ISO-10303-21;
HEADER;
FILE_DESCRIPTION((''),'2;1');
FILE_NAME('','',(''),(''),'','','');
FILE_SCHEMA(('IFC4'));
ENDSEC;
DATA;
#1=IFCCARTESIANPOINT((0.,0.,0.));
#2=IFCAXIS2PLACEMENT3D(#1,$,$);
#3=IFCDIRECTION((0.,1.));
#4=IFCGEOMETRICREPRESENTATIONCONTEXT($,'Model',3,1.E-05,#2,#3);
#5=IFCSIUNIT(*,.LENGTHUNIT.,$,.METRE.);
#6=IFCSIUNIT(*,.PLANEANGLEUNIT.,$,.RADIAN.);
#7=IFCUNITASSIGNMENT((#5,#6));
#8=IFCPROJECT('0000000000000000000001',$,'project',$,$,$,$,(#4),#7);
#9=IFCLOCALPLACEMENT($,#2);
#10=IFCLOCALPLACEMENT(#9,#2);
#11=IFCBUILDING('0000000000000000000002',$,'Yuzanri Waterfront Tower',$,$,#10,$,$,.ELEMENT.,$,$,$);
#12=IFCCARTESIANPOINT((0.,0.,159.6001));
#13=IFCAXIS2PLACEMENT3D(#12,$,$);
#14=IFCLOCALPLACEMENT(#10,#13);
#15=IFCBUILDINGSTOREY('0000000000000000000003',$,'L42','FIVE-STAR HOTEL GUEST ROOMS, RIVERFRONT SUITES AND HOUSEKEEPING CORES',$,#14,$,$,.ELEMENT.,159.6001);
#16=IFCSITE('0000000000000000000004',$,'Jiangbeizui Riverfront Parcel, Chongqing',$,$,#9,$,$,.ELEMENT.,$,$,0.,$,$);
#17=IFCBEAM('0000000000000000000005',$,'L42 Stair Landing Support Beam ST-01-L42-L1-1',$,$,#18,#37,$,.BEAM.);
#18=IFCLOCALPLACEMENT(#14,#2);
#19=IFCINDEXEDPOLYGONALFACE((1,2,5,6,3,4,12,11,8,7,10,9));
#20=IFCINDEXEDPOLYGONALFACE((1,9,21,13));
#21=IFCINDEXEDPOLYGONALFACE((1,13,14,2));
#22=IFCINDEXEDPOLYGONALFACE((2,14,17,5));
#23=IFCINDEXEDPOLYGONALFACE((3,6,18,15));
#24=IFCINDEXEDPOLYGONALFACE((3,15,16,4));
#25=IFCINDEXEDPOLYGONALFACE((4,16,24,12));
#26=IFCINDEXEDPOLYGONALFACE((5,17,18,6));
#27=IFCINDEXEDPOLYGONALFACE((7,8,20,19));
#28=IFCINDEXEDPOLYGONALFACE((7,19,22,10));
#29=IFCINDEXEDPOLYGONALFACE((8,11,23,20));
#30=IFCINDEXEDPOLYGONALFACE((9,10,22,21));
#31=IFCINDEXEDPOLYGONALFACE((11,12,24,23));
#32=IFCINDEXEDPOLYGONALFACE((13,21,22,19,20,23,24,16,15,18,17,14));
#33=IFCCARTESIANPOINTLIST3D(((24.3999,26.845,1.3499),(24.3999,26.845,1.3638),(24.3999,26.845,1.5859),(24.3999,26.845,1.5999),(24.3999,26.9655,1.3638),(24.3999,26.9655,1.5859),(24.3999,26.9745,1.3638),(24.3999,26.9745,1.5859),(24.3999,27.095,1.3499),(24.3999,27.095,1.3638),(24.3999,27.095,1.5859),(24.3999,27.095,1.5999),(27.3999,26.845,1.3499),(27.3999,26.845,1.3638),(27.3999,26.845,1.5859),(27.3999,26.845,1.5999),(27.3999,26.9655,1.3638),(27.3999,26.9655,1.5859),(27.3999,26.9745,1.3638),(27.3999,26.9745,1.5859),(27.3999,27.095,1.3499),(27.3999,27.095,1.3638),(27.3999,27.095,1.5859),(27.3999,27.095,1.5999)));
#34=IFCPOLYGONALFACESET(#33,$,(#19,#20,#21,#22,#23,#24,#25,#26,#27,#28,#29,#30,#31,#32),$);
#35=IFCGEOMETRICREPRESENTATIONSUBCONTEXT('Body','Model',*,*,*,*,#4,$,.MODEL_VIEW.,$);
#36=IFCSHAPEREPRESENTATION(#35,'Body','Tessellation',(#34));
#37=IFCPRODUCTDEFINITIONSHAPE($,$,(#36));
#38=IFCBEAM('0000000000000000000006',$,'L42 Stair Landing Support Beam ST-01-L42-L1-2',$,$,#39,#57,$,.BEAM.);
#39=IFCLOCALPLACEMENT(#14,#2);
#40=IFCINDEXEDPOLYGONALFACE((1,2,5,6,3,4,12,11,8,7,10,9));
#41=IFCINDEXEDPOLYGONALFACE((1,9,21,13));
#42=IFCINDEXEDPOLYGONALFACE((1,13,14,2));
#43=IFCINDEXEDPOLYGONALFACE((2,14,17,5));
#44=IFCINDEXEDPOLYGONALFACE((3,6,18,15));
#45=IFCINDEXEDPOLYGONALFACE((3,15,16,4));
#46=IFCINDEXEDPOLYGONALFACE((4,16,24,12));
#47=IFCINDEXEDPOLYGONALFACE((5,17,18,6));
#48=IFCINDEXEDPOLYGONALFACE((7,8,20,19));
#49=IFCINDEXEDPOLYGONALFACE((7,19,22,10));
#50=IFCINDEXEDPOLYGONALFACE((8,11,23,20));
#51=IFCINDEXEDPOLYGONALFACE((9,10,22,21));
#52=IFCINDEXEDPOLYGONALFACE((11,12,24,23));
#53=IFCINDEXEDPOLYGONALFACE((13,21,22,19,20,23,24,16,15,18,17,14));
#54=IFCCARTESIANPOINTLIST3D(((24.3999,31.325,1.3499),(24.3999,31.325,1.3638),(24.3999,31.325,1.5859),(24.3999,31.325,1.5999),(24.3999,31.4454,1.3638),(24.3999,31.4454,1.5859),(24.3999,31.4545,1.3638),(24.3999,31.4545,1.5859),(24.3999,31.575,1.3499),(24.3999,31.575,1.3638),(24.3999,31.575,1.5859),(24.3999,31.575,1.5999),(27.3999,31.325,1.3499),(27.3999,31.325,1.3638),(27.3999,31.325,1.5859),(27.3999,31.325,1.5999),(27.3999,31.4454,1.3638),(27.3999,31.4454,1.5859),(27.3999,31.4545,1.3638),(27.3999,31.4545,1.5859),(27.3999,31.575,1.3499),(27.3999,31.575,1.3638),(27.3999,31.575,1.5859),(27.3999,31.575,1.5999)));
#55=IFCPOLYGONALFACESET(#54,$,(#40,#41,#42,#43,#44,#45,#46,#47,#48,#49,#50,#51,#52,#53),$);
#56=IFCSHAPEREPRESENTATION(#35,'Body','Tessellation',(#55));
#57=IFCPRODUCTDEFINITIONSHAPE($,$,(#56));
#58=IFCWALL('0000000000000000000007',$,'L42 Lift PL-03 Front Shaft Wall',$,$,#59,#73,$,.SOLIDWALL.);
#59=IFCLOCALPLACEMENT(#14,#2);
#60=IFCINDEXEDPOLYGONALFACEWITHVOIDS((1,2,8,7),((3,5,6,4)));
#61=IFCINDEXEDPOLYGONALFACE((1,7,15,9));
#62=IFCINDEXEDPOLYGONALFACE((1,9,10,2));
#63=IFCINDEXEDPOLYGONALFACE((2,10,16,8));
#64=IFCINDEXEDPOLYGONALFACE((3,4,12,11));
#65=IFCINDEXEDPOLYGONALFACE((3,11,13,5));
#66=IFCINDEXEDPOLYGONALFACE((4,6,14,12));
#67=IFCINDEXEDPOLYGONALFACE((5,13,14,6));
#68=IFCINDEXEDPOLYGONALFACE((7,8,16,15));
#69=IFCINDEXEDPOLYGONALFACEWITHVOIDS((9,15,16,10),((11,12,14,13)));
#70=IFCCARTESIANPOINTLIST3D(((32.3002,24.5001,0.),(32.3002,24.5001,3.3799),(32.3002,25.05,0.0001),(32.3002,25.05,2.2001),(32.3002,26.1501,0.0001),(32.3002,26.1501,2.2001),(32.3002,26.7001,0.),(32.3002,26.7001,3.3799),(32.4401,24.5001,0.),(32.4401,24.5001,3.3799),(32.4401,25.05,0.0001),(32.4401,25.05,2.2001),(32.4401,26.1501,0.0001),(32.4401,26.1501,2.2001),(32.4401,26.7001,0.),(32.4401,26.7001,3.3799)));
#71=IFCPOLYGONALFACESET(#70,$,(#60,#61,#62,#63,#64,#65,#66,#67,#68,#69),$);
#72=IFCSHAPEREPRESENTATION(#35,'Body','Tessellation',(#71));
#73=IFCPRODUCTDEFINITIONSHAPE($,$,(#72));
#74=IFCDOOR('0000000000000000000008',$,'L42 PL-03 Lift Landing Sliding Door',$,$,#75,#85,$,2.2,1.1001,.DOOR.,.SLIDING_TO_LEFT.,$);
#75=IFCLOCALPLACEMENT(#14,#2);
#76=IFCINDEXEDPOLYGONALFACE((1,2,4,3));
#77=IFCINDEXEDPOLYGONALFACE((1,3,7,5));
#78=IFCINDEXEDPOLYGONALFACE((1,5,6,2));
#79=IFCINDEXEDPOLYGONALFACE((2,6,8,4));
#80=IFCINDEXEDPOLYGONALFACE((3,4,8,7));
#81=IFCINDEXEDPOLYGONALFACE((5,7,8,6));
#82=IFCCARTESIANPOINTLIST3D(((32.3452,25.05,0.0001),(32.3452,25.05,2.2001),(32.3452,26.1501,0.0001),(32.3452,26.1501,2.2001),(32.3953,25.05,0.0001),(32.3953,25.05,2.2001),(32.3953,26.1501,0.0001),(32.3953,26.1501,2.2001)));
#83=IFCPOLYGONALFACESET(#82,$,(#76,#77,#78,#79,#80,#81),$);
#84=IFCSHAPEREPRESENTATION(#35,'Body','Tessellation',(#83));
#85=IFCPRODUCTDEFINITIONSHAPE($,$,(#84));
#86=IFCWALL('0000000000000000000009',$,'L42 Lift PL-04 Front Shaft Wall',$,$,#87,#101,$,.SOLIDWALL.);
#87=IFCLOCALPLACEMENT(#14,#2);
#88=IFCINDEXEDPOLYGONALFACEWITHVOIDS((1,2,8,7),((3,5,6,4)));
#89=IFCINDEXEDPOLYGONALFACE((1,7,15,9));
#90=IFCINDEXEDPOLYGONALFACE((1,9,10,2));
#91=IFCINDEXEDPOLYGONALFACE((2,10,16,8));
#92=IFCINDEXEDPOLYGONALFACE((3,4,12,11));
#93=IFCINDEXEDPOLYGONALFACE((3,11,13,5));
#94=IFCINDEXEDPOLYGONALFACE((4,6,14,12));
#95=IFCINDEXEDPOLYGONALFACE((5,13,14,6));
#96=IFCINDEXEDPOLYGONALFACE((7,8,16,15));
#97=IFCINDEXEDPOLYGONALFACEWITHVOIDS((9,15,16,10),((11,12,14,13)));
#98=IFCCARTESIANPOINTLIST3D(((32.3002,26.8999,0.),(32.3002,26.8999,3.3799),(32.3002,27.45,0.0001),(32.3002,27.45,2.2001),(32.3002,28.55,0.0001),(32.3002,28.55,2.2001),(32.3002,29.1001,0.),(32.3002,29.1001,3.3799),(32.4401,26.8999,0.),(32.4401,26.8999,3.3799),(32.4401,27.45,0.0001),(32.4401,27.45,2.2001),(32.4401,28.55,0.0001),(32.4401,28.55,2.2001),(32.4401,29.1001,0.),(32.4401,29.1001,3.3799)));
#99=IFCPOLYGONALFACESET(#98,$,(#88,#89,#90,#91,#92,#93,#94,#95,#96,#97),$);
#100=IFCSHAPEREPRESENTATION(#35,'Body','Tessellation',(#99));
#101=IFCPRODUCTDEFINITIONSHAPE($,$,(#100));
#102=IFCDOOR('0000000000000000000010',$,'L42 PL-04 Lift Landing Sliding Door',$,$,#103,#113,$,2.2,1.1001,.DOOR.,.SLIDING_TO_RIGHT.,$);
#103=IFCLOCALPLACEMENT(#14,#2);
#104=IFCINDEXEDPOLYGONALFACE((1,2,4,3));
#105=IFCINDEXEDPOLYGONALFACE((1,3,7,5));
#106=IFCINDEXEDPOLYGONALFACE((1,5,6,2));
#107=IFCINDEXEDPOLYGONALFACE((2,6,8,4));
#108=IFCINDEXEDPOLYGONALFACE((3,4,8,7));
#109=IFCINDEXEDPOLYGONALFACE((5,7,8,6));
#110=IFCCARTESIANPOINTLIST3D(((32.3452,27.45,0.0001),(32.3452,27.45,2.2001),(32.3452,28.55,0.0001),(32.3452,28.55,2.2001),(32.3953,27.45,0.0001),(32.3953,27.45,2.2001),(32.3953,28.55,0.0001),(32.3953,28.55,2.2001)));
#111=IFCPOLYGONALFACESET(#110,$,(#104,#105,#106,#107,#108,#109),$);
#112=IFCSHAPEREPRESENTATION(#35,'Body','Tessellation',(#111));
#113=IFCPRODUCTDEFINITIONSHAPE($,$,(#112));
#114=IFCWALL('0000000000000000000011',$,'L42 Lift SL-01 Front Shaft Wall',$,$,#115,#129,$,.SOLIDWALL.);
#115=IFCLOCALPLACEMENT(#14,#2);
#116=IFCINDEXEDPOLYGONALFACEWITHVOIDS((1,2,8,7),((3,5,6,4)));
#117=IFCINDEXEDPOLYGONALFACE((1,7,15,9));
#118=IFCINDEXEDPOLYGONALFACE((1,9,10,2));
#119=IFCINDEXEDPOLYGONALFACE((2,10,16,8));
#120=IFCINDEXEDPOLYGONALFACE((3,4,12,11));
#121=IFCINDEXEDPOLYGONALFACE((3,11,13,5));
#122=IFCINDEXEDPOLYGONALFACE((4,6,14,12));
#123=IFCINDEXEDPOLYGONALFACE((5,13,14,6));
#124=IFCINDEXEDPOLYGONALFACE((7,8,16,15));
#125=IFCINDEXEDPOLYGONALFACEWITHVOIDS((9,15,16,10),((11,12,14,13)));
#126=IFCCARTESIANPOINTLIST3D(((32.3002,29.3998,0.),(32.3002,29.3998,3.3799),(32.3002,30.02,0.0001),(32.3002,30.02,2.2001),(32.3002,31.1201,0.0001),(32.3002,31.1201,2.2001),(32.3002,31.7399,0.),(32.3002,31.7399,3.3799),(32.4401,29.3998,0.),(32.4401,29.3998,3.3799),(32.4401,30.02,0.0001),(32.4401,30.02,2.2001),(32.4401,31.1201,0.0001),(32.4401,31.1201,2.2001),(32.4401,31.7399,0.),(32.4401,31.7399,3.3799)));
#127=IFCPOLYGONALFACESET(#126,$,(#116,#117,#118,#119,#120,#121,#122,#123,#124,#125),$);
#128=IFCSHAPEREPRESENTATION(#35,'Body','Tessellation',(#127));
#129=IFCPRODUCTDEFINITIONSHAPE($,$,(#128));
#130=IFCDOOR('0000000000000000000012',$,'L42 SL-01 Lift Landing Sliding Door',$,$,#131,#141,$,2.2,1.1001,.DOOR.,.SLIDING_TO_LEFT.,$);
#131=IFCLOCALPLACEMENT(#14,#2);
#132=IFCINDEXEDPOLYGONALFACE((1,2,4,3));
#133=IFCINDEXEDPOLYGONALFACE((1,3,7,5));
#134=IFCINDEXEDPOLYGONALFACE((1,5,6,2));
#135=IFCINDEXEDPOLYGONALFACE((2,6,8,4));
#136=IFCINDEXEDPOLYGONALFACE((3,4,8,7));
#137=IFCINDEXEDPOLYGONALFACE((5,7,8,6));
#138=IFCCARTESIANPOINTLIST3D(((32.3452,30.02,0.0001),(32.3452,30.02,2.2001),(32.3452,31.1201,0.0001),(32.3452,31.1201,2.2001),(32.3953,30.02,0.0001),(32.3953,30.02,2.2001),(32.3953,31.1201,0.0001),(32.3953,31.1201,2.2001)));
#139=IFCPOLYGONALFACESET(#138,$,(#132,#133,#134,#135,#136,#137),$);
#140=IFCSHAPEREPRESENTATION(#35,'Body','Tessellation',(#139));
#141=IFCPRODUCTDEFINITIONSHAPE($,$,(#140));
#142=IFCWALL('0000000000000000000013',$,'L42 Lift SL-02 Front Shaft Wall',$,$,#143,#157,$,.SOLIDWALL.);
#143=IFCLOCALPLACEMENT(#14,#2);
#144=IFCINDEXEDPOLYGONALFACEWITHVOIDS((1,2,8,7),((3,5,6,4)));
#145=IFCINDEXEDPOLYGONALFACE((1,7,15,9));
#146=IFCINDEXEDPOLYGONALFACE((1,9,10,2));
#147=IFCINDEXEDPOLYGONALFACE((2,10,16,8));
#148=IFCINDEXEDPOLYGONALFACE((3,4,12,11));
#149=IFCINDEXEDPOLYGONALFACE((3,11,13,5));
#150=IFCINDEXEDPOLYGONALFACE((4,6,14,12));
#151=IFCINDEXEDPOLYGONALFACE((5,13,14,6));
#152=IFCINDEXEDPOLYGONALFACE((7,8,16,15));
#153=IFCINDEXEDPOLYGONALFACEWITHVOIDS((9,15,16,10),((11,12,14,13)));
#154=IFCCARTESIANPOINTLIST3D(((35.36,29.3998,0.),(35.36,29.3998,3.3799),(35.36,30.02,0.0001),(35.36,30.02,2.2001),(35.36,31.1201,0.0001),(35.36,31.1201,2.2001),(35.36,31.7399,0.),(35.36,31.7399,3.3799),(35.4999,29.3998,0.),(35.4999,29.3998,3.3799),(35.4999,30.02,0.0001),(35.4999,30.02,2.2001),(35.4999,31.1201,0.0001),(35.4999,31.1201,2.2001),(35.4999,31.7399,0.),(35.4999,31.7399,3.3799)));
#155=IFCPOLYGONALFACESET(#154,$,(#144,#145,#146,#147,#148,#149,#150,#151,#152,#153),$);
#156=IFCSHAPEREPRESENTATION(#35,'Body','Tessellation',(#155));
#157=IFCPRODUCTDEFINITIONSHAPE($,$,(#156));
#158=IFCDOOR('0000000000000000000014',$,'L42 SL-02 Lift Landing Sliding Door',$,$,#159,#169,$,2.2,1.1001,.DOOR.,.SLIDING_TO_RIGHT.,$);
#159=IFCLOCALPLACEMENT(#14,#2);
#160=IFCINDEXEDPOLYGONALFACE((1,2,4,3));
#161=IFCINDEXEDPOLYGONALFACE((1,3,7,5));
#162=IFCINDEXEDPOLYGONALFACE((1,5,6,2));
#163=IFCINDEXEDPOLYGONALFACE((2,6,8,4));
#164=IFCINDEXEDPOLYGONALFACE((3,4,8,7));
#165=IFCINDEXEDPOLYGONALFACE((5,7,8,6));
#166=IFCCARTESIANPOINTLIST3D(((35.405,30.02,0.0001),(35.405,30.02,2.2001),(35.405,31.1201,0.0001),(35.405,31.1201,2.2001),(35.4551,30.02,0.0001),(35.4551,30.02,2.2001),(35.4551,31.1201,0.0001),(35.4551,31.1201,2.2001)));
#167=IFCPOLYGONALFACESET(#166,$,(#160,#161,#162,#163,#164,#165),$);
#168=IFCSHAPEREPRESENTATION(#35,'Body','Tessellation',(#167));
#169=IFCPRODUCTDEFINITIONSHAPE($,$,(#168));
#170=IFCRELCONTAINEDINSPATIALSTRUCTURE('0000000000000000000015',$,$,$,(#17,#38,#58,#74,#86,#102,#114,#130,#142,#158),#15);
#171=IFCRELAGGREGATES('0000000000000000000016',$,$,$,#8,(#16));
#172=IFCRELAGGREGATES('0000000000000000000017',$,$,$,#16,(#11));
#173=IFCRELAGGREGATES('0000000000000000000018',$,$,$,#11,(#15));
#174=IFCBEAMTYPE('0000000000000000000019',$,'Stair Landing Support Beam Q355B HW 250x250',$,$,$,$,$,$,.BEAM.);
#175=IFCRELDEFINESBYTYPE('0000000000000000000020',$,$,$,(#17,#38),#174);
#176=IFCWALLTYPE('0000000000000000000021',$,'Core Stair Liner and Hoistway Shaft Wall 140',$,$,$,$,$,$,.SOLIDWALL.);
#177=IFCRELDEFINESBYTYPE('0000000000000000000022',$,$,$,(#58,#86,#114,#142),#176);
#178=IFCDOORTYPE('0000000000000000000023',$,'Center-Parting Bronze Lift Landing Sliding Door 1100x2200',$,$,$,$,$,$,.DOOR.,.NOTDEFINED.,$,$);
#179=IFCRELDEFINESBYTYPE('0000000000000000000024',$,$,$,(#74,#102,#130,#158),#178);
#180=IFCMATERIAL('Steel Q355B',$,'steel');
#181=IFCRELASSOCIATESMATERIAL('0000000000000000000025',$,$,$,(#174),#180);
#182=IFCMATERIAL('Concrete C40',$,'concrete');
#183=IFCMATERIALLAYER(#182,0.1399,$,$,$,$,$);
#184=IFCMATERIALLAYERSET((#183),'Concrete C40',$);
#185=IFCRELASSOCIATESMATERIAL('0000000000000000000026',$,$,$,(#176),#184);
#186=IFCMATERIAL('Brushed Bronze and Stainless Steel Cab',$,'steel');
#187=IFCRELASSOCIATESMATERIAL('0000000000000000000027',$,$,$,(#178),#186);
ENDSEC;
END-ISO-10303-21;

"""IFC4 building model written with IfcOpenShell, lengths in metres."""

from ifc_helpers import new_model, si_unit, direction, frame, frame_2d, origin, origin_2d, place, context, subcontext, project, spatial, rectangle, i_section, extrude, source, transform, mapped, material, layer, layer_set, material_profile, profile_set, type_object, element, fill, save


model = new_model("IFC4")

# Units and contexts
model_context = context("Model", 3, precision=1e-05, world=origin(), true_north=direction((0.0, 1.0)))
body_context = subcontext(model_context, "Body", "Model", "MODEL_VIEW")
ifc_project = project(units=[si_unit("LENGTHUNIT", "METRE"), si_unit("PLANEANGLEUNIT", "RADIAN")], contexts=[model_context])

# Site, building, storey
site_placement = place(None, origin())
site = spatial("IfcSite", under=ifc_project, at=site_placement, Name="Jiangbeizui Riverfront Parcel, Chongqing", CompositionType="ELEMENT", RefElevation=0.0)
building_placement = place(site_placement, origin())
building = spatial("IfcBuilding", under=site, at=building_placement, Name="Yuzanri Waterfront Tower", CompositionType="ELEMENT")
storey_placement = place(building_placement, frame((0.0, 0.0, 159.6001)))
storey = spatial("IfcBuildingStorey", under=building, at=storey_placement, Name="L42", Description="FIVE-STAR HOTEL GUEST ROOMS, RIVERFRONT SUITES AND HOUSEKEEPING CORES", CompositionType="ELEMENT", Elevation=159.6001)

# Beams
ifc_material_1 = material(Name="Steel Q355B", Category="steel")
ifc_material_profile = material_profile(ifc_material_1, i_section(OverallWidth=0.25, OverallDepth=0.25, WebThickness=0.009, FlangeThickness=0.0139, at=origin_2d()), Name="HW 250x250x9x14")
ifc_profile_set = profile_set([ifc_material_profile], Name="Steel Q355B")
beam_type = type_object("IfcBeamType", Name="Stair Landing Support Beam Q355B HW 250x250", PredefinedType="BEAM", material=ifc_profile_set)
shared_shape_1 = source(origin(), body_context, "Body", "SweptSolid", [
    extrude(i_section(OverallWidth=0.25, OverallDepth=0.25, WebThickness=0.009, FlangeThickness=0.0139, at=origin_2d()), origin(), (0.0, 0.0, 1.0), 3.0),
])
for number, where, z_axis, x_axis, name in (
    (1, (24.3999, 26.97, 1.4749), (1.0, 0.0, 0.0), (0.0, 1.0, 0.0), "L42 Stair Landing Support Beam ST-01-L42-L1-1"),
    (2, (24.3999, 31.45, 1.4749), (1.0, 0.0, 0.0), (0.0, 1.0, 0.0), "L42 Stair Landing Support Beam ST-01-L42-L1-2"),
):
    element("IfcBeam", number, at=place(storey_placement, frame(where, z_axis=z_axis, x_axis=x_axis)), inside=storey, type_object=beam_type, Name=name, PredefinedType="BEAM", context=body_context, shape_type="MappedRepresentation", body=[
        mapped(shared_shape_1, transform((0.0, 0.0, 0.0), scale=1.0)),
    ])

# Walls, openings, doors
ifc_material_2 = material(Name="Concrete C40", Category="concrete")
ifc_layer_1 = layer(ifc_material_2, 0.1399)
ifc_layer_set_1 = layer_set([ifc_layer_1], Name="Concrete C40")
wall_type_1 = type_object("IfcWallType", Name="Core Stair Liner and Hoistway Shaft Wall 140", PredefinedType="SOLIDWALL", material=ifc_layer_set_1)
wall_1_placement = place(storey_placement, frame((32.3701, 24.5, 0.0), z_axis=(0.0, 0.0, 1.0), x_axis=(0.0, 1.0, 0.0)))
wall_1 = element("IfcWall", 3, at=wall_1_placement, inside=storey, type_object=wall_type_1, Name="L42 Lift PL-03 Front Shaft Wall", PredefinedType="SOLIDWALL", context=body_context, shape_type="SweptSolid", body=[
    extrude(rectangle(XDim=2.2, YDim=0.1399, at=frame_2d((1.1001, 0.0))), origin(), (0.0, 0.0, 1.0), 3.3799),
])
opening_1_placement = place(wall_1_placement, frame((0.55, 0.0, 0.0)))
opening_1 = element("IfcOpeningElement", 4, at=opening_1_placement, cuts=wall_1, PredefinedType="OPENING", context=body_context, shape_type="SweptSolid", body=[
    extrude(rectangle(XDim=1.1001, YDim=2.2, at=frame_2d((0.55, 1.1001))), frame((0.0, 0.085, 0.0), z_axis=(0.0, -1.0, 0.0), x_axis=(1.0, 0.0, 0.0)), (0.0, 0.0, 1.0), 0.1697),
])
ifc_material_3 = material(Name="Brushed Bronze and Stainless Steel Cab", Category="steel")
door_type_1 = type_object("IfcDoorType", Name="Center-Parting Bronze Lift Landing Sliding Door 1100x2200", OperationType="NOTDEFINED", PredefinedType="DOOR", material=ifc_material_3)
shared_shape_2 = source(origin(), body_context, "Body", "SweptSolid", [
    extrude(rectangle(XDim=1.1001, YDim=2.2, at=frame_2d((0.55, 1.1001))), frame((0.0, 0.0249, 0.0), z_axis=(0.0, -1.0, 0.0), x_axis=(1.0, 0.0, 0.0)), (0.0, 0.0, 1.0), 0.05),
])
door_1_placement = place(opening_1_placement, origin())
door_1 = element("IfcDoor", 5, at=door_1_placement, inside=storey, type_object=door_type_1, Name="L42 PL-03 Lift Landing Sliding Door", OperationType="SLIDING_TO_LEFT", OverallHeight=2.2, OverallWidth=1.1001, PredefinedType="DOOR", context=body_context, shape_type="MappedRepresentation", body=[
    mapped(shared_shape_2, transform((0.0, 0.0, 0.0), scale=1.0)),
])
fill(opening_1, door_1)
wall_2_placement = place(storey_placement, frame((32.3701, 26.8999, 0.0), z_axis=(0.0, 0.0, 1.0), x_axis=(0.0, 1.0, 0.0)))
wall_2 = element("IfcWall", 6, at=wall_2_placement, inside=storey, type_object=wall_type_1, Name="L42 Lift PL-04 Front Shaft Wall", PredefinedType="SOLIDWALL", context=body_context, shape_type="SweptSolid", body=[
    extrude(rectangle(XDim=2.2002, YDim=0.1399, at=frame_2d((1.1001, 0.0))), origin(), (0.0, 0.0, 1.0), 3.3799),
])
opening_2_placement = place(wall_2_placement, frame((0.55, 0.0, 0.0)))
opening_2 = element("IfcOpeningElement", 7, at=opening_2_placement, cuts=wall_2, PredefinedType="OPENING", context=body_context, shape_type="SweptSolid", body=[
    extrude(rectangle(XDim=1.1001, YDim=2.2, at=frame_2d((0.55, 1.1001))), frame((0.0, 0.085, 0.0), z_axis=(0.0, -1.0, 0.0), x_axis=(1.0, 0.0, 0.0)), (0.0, 0.0, 1.0), 0.1697),
])
door_2_placement = place(opening_2_placement, origin())
door_2 = element("IfcDoor", 8, at=door_2_placement, inside=storey, type_object=door_type_1, Name="L42 PL-04 Lift Landing Sliding Door", OperationType="SLIDING_TO_RIGHT", OverallHeight=2.2, OverallWidth=1.1001, PredefinedType="DOOR", context=body_context, shape_type="MappedRepresentation", body=[
    mapped(shared_shape_2, transform((0.0, 0.0, 0.0), scale=1.0)),
])
fill(opening_2, door_2)
wall_3_placement = place(storey_placement, frame((32.3701, 29.3999, 0.0), z_axis=(0.0, 0.0, 1.0), x_axis=(0.0, 1.0, 0.0)))
wall_3 = element("IfcWall", 9, at=wall_3_placement, inside=storey, type_object=wall_type_1, Name="L42 Lift SL-01 Front Shaft Wall", PredefinedType="SOLIDWALL", context=body_context, shape_type="SweptSolid", body=[
    extrude(rectangle(XDim=2.3401, YDim=0.1399, at=frame_2d((1.1699, 0.0))), origin(), (0.0, 0.0, 1.0), 3.3799),
])
opening_3_placement = place(wall_3_placement, frame((0.6201, 0.0, 0.0)))
opening_3 = element("IfcOpeningElement", 10, at=opening_3_placement, cuts=wall_3, PredefinedType="OPENING", context=body_context, shape_type="SweptSolid", body=[
    extrude(rectangle(XDim=1.1001, YDim=2.2, at=frame_2d((0.55, 1.1001))), frame((0.0, 0.085, 0.0), z_axis=(0.0, -1.0, 0.0), x_axis=(1.0, 0.0, 0.0)), (0.0, 0.0, 1.0), 0.1697),
])
door_3_placement = place(opening_3_placement, origin())
door_3 = element("IfcDoor", 11, at=door_3_placement, inside=storey, type_object=door_type_1, Name="L42 SL-01 Lift Landing Sliding Door", OperationType="SLIDING_TO_LEFT", OverallHeight=2.2, OverallWidth=1.1001, PredefinedType="DOOR", context=body_context, shape_type="MappedRepresentation", body=[
    mapped(shared_shape_2, transform((0.0, 0.0, 0.0), scale=1.0)),
])
fill(opening_3, door_3)
wall_4_placement = place(storey_placement, frame((35.4299, 29.3999, 0.0), z_axis=(0.0, 0.0, 1.0), x_axis=(0.0, 1.0, 0.0)))
wall_4 = element("IfcWall", 12, at=wall_4_placement, inside=storey, type_object=wall_type_1, Name="L42 Lift SL-02 Front Shaft Wall", PredefinedType="SOLIDWALL", context=body_context, shape_type="SweptSolid", body=[
    extrude(rectangle(XDim=2.3401, YDim=0.1399, at=frame_2d((1.1699, 0.0))), origin(), (0.0, 0.0, 1.0), 3.3799),
])
opening_4_placement = place(wall_4_placement, frame((0.6201, 0.0, 0.0)))
opening_4 = element("IfcOpeningElement", 13, at=opening_4_placement, cuts=wall_4, PredefinedType="OPENING", context=body_context, shape_type="SweptSolid", body=[
    extrude(rectangle(XDim=1.1001, YDim=2.2, at=frame_2d((0.55, 1.1001))), frame((0.0, 0.085, 0.0), z_axis=(0.0, -1.0, 0.0), x_axis=(1.0, 0.0, 0.0)), (0.0, 0.0, 1.0), 0.1697),
])
door_4_placement = place(opening_4_placement, origin())
door_4 = element("IfcDoor", 14, at=door_4_placement, inside=storey, type_object=door_type_1, Name="L42 SL-02 Lift Landing Sliding Door", OperationType="SLIDING_TO_RIGHT", OverallHeight=2.2, OverallWidth=1.1001, PredefinedType="DOOR", context=body_context, shape_type="MappedRepresentation", body=[
    mapped(shared_shape_2, transform((0.0, 0.0, 0.0), scale=1.0)),
])
fill(opening_4, door_4)

save(model, "model.ifc")
